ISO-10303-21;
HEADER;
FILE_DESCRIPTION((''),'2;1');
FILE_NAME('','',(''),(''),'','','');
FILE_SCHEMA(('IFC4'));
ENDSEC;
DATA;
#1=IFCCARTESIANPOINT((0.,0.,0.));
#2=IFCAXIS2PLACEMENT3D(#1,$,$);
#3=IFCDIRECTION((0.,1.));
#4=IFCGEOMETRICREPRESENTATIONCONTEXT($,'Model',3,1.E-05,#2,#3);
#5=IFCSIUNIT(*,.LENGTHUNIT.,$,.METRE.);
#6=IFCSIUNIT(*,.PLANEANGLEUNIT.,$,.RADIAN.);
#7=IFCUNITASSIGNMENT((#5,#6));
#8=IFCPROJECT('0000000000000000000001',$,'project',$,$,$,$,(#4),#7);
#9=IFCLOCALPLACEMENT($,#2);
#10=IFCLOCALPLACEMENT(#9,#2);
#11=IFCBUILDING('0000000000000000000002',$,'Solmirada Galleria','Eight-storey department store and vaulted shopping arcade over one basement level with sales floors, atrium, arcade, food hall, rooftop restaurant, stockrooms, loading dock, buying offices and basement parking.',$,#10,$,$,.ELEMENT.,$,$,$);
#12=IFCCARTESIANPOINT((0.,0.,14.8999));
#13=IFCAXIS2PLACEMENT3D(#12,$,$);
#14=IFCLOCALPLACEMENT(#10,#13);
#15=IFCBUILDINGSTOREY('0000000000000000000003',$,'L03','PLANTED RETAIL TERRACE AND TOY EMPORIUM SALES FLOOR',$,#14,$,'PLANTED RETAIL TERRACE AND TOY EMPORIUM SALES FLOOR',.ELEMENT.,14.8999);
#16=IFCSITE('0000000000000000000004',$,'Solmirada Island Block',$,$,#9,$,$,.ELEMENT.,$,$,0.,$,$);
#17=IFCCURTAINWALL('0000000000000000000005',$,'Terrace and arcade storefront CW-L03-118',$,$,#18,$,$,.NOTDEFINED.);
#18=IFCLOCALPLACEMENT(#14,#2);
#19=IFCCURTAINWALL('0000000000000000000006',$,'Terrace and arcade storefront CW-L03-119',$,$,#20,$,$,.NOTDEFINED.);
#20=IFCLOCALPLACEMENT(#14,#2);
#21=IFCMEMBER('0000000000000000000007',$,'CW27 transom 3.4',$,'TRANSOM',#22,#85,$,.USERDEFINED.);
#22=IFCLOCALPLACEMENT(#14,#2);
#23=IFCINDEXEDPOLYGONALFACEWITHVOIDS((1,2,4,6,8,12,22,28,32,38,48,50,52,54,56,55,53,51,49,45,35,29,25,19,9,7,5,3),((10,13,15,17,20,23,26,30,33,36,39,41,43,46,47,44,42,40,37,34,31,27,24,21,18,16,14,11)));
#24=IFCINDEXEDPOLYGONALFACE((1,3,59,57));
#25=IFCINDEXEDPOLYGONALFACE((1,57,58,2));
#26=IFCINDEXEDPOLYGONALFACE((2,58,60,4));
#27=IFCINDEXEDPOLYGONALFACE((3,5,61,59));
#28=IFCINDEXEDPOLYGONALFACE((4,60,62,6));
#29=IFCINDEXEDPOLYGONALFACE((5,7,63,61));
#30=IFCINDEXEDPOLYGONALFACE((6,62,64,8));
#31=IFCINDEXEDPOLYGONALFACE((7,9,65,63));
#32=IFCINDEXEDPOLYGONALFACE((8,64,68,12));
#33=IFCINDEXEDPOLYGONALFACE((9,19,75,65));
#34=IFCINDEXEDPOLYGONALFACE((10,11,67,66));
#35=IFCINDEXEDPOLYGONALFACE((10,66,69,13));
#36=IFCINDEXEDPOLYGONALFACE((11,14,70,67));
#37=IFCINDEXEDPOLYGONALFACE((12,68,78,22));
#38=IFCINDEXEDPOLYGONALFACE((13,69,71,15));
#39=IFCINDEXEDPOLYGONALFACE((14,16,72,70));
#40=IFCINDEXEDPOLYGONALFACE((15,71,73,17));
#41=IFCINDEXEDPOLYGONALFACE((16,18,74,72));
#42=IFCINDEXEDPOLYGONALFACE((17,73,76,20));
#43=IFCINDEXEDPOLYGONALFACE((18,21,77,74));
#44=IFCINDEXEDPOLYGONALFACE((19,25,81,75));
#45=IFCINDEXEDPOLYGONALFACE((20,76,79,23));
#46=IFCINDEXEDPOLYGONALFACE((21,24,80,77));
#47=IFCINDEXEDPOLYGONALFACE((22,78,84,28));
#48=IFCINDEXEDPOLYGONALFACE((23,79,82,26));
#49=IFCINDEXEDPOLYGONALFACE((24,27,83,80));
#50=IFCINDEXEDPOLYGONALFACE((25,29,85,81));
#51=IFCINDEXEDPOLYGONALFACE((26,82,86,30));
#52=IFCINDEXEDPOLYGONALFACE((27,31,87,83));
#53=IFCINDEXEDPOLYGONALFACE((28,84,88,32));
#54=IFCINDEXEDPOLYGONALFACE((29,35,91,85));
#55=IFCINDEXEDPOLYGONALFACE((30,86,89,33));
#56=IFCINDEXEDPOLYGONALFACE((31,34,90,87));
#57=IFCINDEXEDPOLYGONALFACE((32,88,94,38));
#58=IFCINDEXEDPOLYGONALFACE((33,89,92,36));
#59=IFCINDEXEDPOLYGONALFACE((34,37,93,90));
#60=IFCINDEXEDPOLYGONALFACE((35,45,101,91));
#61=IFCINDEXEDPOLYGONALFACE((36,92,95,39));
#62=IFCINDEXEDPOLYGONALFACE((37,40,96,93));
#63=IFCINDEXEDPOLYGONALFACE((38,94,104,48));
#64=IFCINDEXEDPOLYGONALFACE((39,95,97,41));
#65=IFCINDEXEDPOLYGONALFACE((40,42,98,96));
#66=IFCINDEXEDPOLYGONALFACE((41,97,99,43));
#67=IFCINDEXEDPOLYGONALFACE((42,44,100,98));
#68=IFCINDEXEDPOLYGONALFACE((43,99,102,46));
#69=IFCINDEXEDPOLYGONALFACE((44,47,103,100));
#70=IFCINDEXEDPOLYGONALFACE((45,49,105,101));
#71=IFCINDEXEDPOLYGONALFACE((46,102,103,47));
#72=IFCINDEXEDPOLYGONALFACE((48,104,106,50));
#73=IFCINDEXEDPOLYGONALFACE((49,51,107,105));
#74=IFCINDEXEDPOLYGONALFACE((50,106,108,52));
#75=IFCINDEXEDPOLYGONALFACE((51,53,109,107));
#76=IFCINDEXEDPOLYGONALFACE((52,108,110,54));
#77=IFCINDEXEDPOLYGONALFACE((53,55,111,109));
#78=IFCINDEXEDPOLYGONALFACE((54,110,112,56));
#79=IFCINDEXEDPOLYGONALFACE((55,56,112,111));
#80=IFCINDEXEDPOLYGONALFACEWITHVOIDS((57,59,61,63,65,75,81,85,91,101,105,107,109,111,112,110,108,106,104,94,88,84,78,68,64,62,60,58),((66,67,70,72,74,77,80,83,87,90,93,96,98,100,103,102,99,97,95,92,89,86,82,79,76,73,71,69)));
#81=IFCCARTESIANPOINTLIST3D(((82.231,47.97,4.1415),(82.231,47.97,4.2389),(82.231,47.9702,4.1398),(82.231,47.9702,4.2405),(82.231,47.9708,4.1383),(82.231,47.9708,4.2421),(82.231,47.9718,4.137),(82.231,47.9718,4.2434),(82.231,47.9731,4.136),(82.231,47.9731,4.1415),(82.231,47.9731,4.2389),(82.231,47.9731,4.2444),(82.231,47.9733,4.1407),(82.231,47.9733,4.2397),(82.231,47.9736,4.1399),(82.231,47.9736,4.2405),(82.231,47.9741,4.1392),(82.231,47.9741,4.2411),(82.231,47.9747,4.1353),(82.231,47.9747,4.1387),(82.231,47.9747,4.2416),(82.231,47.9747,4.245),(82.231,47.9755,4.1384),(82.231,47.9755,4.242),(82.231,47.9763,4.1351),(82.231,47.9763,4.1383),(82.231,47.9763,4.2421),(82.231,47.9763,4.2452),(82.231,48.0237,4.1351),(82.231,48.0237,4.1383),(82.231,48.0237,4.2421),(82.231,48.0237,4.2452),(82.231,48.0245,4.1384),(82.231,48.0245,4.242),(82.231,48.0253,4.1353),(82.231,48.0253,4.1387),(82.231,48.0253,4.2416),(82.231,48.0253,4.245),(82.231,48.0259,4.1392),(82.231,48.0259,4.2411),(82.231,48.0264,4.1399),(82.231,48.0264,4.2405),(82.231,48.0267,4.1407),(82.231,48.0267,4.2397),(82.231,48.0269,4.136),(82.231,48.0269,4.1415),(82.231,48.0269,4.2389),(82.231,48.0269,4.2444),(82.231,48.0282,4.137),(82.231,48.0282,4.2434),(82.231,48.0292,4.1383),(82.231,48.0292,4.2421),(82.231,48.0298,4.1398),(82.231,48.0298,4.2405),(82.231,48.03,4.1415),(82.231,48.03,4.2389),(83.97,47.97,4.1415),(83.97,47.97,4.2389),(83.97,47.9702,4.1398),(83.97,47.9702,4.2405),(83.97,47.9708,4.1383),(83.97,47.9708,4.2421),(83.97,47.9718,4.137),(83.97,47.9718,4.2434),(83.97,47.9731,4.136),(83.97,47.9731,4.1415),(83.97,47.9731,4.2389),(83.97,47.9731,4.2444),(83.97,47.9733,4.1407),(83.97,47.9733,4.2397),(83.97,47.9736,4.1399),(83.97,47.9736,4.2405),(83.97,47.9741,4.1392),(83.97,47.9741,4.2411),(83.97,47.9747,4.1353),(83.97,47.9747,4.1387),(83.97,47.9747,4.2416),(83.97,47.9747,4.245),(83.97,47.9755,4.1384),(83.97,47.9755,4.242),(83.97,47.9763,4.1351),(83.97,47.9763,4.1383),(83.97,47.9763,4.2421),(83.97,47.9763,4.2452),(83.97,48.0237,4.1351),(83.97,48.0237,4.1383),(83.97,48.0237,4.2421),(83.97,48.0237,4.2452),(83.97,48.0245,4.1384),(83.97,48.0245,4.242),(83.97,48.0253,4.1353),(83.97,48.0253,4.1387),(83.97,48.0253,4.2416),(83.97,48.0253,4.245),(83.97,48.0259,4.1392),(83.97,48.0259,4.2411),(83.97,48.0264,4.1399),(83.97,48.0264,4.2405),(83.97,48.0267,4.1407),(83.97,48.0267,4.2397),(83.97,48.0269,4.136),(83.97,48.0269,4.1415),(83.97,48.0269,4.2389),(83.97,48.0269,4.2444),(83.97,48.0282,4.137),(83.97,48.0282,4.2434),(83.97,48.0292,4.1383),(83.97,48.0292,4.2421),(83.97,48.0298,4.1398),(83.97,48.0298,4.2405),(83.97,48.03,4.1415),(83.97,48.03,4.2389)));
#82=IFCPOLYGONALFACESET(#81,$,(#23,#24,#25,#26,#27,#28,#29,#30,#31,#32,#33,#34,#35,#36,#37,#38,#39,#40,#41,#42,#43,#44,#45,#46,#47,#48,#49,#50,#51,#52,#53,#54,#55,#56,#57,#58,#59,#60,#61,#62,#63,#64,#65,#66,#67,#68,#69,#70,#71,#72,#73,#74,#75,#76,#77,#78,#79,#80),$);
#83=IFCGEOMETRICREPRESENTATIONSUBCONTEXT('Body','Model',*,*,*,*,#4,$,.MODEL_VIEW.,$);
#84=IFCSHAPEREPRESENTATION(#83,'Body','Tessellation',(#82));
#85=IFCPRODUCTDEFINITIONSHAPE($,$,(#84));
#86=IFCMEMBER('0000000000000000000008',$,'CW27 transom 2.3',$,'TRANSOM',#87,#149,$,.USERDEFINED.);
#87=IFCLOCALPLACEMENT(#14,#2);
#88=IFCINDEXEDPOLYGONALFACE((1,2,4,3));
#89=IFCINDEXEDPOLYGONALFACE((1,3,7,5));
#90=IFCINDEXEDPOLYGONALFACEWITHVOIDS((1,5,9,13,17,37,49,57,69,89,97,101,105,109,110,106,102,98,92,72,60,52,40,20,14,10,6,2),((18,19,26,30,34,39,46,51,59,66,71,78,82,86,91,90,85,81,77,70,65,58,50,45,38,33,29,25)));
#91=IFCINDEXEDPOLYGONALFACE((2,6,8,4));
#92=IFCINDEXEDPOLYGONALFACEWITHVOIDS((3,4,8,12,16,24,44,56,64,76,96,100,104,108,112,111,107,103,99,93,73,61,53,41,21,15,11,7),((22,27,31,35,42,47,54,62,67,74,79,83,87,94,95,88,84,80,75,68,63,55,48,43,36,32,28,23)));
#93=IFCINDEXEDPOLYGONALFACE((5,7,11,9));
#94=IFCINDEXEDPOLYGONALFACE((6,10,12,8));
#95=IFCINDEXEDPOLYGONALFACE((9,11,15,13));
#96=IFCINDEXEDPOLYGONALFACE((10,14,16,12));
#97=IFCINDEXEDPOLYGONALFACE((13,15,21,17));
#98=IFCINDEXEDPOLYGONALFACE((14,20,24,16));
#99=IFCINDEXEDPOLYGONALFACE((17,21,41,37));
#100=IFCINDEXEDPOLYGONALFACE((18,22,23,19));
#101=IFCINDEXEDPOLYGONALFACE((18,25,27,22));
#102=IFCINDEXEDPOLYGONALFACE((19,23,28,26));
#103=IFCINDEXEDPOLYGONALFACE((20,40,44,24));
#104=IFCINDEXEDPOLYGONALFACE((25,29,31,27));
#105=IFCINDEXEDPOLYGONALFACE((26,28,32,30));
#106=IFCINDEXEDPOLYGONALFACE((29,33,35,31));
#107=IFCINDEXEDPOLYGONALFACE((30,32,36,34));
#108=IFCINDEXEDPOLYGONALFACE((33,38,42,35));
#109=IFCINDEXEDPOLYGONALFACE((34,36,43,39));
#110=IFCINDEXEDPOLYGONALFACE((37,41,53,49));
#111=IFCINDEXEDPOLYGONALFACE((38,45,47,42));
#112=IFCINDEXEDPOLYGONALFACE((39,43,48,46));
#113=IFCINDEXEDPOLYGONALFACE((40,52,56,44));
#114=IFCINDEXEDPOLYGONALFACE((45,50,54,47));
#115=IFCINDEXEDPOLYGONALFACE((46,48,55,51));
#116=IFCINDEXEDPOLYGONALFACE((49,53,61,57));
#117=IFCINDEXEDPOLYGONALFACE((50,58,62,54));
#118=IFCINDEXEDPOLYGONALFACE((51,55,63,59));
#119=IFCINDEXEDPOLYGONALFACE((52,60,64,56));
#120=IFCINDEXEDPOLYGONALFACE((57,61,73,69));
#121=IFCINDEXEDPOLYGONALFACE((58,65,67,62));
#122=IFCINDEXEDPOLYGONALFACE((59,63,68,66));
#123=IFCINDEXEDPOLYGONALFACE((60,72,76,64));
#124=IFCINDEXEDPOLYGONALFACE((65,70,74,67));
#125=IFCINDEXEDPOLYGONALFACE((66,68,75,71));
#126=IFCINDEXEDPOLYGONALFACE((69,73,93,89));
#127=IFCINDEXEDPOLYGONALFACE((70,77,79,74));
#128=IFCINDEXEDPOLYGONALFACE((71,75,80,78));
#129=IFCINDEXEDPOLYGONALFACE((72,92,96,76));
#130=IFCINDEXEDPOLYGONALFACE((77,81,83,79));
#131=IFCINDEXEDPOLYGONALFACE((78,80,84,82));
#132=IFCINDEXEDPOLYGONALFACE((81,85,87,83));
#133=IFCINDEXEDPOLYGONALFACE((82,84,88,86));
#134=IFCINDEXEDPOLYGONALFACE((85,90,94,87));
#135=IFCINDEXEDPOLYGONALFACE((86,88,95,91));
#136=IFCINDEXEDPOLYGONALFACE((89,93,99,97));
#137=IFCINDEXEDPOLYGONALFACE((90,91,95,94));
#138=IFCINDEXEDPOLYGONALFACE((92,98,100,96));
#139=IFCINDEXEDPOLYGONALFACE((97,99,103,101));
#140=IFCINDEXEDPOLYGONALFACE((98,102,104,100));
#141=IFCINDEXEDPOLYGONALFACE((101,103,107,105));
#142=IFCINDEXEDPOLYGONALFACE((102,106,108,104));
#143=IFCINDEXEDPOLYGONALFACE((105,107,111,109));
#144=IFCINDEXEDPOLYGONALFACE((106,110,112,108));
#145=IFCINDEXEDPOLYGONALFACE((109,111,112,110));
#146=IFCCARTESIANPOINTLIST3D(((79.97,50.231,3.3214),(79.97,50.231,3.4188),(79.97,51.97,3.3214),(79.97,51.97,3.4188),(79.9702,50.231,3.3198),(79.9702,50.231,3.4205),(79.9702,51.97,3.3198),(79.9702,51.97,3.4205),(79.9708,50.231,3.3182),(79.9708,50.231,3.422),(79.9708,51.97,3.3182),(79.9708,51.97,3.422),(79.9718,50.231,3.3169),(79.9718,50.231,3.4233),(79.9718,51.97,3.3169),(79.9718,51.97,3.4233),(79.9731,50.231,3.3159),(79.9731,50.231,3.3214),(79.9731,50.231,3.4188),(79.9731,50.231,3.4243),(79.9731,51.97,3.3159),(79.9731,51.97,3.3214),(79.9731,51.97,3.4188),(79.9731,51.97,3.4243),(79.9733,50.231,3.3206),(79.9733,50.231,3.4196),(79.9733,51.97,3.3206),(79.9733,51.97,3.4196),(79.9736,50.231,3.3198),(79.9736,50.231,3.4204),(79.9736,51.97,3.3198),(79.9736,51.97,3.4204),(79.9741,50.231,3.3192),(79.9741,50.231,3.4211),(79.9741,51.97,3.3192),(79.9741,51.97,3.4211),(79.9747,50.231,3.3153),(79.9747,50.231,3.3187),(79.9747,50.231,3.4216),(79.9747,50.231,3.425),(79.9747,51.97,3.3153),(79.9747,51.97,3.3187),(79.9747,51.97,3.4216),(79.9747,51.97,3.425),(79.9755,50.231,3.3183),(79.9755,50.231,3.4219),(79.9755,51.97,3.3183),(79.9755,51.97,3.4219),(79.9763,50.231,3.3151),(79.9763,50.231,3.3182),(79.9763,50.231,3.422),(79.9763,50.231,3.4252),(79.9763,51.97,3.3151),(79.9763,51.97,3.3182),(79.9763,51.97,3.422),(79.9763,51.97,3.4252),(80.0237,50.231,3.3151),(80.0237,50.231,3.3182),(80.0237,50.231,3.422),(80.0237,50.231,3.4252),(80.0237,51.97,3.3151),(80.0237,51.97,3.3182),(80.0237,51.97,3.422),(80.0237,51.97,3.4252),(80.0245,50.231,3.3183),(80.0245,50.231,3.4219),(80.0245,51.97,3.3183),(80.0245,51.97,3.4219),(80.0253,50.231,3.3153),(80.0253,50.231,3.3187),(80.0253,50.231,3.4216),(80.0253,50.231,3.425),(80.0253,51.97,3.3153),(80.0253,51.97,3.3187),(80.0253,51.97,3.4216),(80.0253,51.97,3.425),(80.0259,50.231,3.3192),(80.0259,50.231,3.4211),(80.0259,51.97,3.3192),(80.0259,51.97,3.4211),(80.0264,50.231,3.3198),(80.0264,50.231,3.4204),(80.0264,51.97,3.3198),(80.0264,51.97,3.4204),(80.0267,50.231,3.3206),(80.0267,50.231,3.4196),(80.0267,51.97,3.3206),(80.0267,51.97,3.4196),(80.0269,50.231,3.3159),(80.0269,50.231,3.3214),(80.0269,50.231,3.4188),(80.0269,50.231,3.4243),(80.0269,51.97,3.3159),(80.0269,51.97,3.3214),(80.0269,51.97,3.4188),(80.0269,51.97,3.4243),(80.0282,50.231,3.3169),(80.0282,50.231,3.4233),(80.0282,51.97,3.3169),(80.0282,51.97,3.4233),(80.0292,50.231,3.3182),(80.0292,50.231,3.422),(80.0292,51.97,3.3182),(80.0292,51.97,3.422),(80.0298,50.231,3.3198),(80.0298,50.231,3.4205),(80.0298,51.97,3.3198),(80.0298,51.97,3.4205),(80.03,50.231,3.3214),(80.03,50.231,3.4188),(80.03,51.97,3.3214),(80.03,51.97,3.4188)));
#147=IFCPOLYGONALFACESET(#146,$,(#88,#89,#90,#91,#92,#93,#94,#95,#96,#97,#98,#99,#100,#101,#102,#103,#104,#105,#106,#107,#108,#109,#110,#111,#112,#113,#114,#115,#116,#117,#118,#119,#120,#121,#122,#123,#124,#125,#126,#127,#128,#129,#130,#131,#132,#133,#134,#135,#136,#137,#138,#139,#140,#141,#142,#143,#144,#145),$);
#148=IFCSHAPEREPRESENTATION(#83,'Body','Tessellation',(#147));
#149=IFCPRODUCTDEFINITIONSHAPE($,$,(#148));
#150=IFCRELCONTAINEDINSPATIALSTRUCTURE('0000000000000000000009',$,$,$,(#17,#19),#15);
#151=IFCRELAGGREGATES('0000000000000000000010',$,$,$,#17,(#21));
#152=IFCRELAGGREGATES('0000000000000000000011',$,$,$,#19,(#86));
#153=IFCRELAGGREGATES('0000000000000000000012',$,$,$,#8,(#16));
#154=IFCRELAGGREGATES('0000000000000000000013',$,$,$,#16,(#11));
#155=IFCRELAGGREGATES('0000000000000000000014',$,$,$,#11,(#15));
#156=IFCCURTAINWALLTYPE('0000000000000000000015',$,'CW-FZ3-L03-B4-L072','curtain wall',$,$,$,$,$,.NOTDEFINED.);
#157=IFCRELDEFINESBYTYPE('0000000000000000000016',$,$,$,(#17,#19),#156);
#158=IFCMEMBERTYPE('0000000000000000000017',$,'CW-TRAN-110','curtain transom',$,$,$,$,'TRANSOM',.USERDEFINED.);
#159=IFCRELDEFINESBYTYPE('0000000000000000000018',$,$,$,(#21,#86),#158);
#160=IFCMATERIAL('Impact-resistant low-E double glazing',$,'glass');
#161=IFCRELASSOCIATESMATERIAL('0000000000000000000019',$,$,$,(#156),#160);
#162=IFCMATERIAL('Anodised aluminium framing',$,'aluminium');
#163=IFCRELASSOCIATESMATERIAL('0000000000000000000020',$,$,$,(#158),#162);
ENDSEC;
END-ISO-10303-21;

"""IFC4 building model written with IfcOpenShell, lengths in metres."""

from ifc_helpers import new_model, si_unit, direction, frame, origin, origin_2d, place, context, subcontext, project, spatial, hollow_rectangle, extrude, material, material_profile, profile_set, type_object, element, aggregate, save


model = new_model("IFC4")

# Units and contexts
model_context = context("Model", 3, precision=1e-05, world=origin(), true_north=direction((0.0, 1.0)))
body_context = subcontext(model_context, "Body", "Model", "MODEL_VIEW")
ifc_project = project(units=[si_unit("LENGTHUNIT", "METRE"), si_unit("PLANEANGLEUNIT", "RADIAN")], contexts=[model_context])

# Site, building, storey
site_placement = place(None, origin())
site = spatial("IfcSite", under=ifc_project, at=site_placement, Name="Solmirada Island Block", CompositionType="ELEMENT", RefElevation=0.0)
building_placement = place(site_placement, origin())
building = spatial("IfcBuilding", under=site, at=building_placement, Name="Solmirada Galleria", Description="Eight-storey department store and vaulted shopping arcade over one basement level with sales floors, atrium, arcade, food hall, rooftop restaurant, stockrooms, loading dock, buying offices and basement parking.", CompositionType="ELEMENT")
storey_placement = place(building_placement, frame((0.0, 0.0, 14.8999)))
storey = spatial("IfcBuildingStorey", under=building, at=storey_placement, Name="L03", Description="PLANTED RETAIL TERRACE AND TOY EMPORIUM SALES FLOOR", LongName="PLANTED RETAIL TERRACE AND TOY EMPORIUM SALES FLOOR", CompositionType="ELEMENT", Elevation=14.8999)

# Curtain walls
ifc_material_1 = material(Name="Impact-resistant low-E double glazing", Category="glass")
curtain_wall_type = type_object("IfcCurtainWallType", Name="CW-FZ3-L03-B4-L072", Description="curtain wall", PredefinedType="NOTDEFINED", material=ifc_material_1)
curtain_wall_1_placement = place(storey_placement, origin())
curtain_wall_1 = element("IfcCurtainWall", 1, at=curtain_wall_1_placement, inside=storey, type_object=curtain_wall_type, Name="Terrace and arcade storefront CW-L03-118", PredefinedType="NOTDEFINED")
ifc_material_2 = material(Name="Anodised aluminium framing", Category="aluminium")
curtain_wall_2_placement = place(storey_placement, origin())
curtain_wall_2 = element("IfcCurtainWall", 2, at=curtain_wall_2_placement, inside=storey, type_object=curtain_wall_type, Name="Terrace and arcade storefront CW-L03-119", PredefinedType="NOTDEFINED")

# Members
ifc_material_profile_1 = material_profile(ifc_material_2, hollow_rectangle(XDim=0.0601, YDim=0.1101, WallThickness=0.0032, InnerFilletRadius=0.0032, OuterFilletRadius=0.0063, at=origin_2d()), Name="ALU-TRAN-110X60")
ifc_profile_set_1 = profile_set([ifc_material_profile_1], Name="Anodised aluminium framing")
member_type_1 = type_object("IfcMemberType", Name="CW-TRAN-110", Description="curtain transom", ElementType="TRANSOM", PredefinedType="USERDEFINED", material=ifc_profile_set_1)
member_1_placement = place(storey_placement, frame((83.97, 48.0, 4.1902), z_axis=(-1.0, 0.0, 0.0), x_axis=(0.0, -1.0, 0.0)))
member_1 = element("IfcMember", 3, at=member_1_placement, type_object=member_type_1, Name="CW27 transom 3.4", ObjectType="TRANSOM", PredefinedType="USERDEFINED", context=body_context, shape_type="SweptSolid", body=[
    extrude(hollow_rectangle(XDim=0.0601, YDim=0.1101, WallThickness=0.0032, InnerFilletRadius=0.0032, OuterFilletRadius=0.0063, at=origin_2d()), origin(), (0.0, 0.0, 1.0), 1.739),
])
member_2_placement = place(storey_placement, frame((80.0, 50.231, 3.3701), z_axis=(0.0, 1.0, 0.0), x_axis=(-1.0, 0.0, 0.0)))
member_2 = element("IfcMember", 4, at=member_2_placement, type_object=member_type_1, Name="CW27 transom 2.3", ObjectType="TRANSOM", PredefinedType="USERDEFINED", context=body_context, shape_type="SweptSolid", body=[
    extrude(hollow_rectangle(XDim=0.0601, YDim=0.1101, WallThickness=0.0032, InnerFilletRadius=0.0032, OuterFilletRadius=0.0063, at=origin_2d()), origin(), (0.0, 0.0, 1.0), 1.739),
])

aggregate(curtain_wall_1, [member_1])
aggregate(curtain_wall_2, [member_2])

save(model, "model.ifc")
